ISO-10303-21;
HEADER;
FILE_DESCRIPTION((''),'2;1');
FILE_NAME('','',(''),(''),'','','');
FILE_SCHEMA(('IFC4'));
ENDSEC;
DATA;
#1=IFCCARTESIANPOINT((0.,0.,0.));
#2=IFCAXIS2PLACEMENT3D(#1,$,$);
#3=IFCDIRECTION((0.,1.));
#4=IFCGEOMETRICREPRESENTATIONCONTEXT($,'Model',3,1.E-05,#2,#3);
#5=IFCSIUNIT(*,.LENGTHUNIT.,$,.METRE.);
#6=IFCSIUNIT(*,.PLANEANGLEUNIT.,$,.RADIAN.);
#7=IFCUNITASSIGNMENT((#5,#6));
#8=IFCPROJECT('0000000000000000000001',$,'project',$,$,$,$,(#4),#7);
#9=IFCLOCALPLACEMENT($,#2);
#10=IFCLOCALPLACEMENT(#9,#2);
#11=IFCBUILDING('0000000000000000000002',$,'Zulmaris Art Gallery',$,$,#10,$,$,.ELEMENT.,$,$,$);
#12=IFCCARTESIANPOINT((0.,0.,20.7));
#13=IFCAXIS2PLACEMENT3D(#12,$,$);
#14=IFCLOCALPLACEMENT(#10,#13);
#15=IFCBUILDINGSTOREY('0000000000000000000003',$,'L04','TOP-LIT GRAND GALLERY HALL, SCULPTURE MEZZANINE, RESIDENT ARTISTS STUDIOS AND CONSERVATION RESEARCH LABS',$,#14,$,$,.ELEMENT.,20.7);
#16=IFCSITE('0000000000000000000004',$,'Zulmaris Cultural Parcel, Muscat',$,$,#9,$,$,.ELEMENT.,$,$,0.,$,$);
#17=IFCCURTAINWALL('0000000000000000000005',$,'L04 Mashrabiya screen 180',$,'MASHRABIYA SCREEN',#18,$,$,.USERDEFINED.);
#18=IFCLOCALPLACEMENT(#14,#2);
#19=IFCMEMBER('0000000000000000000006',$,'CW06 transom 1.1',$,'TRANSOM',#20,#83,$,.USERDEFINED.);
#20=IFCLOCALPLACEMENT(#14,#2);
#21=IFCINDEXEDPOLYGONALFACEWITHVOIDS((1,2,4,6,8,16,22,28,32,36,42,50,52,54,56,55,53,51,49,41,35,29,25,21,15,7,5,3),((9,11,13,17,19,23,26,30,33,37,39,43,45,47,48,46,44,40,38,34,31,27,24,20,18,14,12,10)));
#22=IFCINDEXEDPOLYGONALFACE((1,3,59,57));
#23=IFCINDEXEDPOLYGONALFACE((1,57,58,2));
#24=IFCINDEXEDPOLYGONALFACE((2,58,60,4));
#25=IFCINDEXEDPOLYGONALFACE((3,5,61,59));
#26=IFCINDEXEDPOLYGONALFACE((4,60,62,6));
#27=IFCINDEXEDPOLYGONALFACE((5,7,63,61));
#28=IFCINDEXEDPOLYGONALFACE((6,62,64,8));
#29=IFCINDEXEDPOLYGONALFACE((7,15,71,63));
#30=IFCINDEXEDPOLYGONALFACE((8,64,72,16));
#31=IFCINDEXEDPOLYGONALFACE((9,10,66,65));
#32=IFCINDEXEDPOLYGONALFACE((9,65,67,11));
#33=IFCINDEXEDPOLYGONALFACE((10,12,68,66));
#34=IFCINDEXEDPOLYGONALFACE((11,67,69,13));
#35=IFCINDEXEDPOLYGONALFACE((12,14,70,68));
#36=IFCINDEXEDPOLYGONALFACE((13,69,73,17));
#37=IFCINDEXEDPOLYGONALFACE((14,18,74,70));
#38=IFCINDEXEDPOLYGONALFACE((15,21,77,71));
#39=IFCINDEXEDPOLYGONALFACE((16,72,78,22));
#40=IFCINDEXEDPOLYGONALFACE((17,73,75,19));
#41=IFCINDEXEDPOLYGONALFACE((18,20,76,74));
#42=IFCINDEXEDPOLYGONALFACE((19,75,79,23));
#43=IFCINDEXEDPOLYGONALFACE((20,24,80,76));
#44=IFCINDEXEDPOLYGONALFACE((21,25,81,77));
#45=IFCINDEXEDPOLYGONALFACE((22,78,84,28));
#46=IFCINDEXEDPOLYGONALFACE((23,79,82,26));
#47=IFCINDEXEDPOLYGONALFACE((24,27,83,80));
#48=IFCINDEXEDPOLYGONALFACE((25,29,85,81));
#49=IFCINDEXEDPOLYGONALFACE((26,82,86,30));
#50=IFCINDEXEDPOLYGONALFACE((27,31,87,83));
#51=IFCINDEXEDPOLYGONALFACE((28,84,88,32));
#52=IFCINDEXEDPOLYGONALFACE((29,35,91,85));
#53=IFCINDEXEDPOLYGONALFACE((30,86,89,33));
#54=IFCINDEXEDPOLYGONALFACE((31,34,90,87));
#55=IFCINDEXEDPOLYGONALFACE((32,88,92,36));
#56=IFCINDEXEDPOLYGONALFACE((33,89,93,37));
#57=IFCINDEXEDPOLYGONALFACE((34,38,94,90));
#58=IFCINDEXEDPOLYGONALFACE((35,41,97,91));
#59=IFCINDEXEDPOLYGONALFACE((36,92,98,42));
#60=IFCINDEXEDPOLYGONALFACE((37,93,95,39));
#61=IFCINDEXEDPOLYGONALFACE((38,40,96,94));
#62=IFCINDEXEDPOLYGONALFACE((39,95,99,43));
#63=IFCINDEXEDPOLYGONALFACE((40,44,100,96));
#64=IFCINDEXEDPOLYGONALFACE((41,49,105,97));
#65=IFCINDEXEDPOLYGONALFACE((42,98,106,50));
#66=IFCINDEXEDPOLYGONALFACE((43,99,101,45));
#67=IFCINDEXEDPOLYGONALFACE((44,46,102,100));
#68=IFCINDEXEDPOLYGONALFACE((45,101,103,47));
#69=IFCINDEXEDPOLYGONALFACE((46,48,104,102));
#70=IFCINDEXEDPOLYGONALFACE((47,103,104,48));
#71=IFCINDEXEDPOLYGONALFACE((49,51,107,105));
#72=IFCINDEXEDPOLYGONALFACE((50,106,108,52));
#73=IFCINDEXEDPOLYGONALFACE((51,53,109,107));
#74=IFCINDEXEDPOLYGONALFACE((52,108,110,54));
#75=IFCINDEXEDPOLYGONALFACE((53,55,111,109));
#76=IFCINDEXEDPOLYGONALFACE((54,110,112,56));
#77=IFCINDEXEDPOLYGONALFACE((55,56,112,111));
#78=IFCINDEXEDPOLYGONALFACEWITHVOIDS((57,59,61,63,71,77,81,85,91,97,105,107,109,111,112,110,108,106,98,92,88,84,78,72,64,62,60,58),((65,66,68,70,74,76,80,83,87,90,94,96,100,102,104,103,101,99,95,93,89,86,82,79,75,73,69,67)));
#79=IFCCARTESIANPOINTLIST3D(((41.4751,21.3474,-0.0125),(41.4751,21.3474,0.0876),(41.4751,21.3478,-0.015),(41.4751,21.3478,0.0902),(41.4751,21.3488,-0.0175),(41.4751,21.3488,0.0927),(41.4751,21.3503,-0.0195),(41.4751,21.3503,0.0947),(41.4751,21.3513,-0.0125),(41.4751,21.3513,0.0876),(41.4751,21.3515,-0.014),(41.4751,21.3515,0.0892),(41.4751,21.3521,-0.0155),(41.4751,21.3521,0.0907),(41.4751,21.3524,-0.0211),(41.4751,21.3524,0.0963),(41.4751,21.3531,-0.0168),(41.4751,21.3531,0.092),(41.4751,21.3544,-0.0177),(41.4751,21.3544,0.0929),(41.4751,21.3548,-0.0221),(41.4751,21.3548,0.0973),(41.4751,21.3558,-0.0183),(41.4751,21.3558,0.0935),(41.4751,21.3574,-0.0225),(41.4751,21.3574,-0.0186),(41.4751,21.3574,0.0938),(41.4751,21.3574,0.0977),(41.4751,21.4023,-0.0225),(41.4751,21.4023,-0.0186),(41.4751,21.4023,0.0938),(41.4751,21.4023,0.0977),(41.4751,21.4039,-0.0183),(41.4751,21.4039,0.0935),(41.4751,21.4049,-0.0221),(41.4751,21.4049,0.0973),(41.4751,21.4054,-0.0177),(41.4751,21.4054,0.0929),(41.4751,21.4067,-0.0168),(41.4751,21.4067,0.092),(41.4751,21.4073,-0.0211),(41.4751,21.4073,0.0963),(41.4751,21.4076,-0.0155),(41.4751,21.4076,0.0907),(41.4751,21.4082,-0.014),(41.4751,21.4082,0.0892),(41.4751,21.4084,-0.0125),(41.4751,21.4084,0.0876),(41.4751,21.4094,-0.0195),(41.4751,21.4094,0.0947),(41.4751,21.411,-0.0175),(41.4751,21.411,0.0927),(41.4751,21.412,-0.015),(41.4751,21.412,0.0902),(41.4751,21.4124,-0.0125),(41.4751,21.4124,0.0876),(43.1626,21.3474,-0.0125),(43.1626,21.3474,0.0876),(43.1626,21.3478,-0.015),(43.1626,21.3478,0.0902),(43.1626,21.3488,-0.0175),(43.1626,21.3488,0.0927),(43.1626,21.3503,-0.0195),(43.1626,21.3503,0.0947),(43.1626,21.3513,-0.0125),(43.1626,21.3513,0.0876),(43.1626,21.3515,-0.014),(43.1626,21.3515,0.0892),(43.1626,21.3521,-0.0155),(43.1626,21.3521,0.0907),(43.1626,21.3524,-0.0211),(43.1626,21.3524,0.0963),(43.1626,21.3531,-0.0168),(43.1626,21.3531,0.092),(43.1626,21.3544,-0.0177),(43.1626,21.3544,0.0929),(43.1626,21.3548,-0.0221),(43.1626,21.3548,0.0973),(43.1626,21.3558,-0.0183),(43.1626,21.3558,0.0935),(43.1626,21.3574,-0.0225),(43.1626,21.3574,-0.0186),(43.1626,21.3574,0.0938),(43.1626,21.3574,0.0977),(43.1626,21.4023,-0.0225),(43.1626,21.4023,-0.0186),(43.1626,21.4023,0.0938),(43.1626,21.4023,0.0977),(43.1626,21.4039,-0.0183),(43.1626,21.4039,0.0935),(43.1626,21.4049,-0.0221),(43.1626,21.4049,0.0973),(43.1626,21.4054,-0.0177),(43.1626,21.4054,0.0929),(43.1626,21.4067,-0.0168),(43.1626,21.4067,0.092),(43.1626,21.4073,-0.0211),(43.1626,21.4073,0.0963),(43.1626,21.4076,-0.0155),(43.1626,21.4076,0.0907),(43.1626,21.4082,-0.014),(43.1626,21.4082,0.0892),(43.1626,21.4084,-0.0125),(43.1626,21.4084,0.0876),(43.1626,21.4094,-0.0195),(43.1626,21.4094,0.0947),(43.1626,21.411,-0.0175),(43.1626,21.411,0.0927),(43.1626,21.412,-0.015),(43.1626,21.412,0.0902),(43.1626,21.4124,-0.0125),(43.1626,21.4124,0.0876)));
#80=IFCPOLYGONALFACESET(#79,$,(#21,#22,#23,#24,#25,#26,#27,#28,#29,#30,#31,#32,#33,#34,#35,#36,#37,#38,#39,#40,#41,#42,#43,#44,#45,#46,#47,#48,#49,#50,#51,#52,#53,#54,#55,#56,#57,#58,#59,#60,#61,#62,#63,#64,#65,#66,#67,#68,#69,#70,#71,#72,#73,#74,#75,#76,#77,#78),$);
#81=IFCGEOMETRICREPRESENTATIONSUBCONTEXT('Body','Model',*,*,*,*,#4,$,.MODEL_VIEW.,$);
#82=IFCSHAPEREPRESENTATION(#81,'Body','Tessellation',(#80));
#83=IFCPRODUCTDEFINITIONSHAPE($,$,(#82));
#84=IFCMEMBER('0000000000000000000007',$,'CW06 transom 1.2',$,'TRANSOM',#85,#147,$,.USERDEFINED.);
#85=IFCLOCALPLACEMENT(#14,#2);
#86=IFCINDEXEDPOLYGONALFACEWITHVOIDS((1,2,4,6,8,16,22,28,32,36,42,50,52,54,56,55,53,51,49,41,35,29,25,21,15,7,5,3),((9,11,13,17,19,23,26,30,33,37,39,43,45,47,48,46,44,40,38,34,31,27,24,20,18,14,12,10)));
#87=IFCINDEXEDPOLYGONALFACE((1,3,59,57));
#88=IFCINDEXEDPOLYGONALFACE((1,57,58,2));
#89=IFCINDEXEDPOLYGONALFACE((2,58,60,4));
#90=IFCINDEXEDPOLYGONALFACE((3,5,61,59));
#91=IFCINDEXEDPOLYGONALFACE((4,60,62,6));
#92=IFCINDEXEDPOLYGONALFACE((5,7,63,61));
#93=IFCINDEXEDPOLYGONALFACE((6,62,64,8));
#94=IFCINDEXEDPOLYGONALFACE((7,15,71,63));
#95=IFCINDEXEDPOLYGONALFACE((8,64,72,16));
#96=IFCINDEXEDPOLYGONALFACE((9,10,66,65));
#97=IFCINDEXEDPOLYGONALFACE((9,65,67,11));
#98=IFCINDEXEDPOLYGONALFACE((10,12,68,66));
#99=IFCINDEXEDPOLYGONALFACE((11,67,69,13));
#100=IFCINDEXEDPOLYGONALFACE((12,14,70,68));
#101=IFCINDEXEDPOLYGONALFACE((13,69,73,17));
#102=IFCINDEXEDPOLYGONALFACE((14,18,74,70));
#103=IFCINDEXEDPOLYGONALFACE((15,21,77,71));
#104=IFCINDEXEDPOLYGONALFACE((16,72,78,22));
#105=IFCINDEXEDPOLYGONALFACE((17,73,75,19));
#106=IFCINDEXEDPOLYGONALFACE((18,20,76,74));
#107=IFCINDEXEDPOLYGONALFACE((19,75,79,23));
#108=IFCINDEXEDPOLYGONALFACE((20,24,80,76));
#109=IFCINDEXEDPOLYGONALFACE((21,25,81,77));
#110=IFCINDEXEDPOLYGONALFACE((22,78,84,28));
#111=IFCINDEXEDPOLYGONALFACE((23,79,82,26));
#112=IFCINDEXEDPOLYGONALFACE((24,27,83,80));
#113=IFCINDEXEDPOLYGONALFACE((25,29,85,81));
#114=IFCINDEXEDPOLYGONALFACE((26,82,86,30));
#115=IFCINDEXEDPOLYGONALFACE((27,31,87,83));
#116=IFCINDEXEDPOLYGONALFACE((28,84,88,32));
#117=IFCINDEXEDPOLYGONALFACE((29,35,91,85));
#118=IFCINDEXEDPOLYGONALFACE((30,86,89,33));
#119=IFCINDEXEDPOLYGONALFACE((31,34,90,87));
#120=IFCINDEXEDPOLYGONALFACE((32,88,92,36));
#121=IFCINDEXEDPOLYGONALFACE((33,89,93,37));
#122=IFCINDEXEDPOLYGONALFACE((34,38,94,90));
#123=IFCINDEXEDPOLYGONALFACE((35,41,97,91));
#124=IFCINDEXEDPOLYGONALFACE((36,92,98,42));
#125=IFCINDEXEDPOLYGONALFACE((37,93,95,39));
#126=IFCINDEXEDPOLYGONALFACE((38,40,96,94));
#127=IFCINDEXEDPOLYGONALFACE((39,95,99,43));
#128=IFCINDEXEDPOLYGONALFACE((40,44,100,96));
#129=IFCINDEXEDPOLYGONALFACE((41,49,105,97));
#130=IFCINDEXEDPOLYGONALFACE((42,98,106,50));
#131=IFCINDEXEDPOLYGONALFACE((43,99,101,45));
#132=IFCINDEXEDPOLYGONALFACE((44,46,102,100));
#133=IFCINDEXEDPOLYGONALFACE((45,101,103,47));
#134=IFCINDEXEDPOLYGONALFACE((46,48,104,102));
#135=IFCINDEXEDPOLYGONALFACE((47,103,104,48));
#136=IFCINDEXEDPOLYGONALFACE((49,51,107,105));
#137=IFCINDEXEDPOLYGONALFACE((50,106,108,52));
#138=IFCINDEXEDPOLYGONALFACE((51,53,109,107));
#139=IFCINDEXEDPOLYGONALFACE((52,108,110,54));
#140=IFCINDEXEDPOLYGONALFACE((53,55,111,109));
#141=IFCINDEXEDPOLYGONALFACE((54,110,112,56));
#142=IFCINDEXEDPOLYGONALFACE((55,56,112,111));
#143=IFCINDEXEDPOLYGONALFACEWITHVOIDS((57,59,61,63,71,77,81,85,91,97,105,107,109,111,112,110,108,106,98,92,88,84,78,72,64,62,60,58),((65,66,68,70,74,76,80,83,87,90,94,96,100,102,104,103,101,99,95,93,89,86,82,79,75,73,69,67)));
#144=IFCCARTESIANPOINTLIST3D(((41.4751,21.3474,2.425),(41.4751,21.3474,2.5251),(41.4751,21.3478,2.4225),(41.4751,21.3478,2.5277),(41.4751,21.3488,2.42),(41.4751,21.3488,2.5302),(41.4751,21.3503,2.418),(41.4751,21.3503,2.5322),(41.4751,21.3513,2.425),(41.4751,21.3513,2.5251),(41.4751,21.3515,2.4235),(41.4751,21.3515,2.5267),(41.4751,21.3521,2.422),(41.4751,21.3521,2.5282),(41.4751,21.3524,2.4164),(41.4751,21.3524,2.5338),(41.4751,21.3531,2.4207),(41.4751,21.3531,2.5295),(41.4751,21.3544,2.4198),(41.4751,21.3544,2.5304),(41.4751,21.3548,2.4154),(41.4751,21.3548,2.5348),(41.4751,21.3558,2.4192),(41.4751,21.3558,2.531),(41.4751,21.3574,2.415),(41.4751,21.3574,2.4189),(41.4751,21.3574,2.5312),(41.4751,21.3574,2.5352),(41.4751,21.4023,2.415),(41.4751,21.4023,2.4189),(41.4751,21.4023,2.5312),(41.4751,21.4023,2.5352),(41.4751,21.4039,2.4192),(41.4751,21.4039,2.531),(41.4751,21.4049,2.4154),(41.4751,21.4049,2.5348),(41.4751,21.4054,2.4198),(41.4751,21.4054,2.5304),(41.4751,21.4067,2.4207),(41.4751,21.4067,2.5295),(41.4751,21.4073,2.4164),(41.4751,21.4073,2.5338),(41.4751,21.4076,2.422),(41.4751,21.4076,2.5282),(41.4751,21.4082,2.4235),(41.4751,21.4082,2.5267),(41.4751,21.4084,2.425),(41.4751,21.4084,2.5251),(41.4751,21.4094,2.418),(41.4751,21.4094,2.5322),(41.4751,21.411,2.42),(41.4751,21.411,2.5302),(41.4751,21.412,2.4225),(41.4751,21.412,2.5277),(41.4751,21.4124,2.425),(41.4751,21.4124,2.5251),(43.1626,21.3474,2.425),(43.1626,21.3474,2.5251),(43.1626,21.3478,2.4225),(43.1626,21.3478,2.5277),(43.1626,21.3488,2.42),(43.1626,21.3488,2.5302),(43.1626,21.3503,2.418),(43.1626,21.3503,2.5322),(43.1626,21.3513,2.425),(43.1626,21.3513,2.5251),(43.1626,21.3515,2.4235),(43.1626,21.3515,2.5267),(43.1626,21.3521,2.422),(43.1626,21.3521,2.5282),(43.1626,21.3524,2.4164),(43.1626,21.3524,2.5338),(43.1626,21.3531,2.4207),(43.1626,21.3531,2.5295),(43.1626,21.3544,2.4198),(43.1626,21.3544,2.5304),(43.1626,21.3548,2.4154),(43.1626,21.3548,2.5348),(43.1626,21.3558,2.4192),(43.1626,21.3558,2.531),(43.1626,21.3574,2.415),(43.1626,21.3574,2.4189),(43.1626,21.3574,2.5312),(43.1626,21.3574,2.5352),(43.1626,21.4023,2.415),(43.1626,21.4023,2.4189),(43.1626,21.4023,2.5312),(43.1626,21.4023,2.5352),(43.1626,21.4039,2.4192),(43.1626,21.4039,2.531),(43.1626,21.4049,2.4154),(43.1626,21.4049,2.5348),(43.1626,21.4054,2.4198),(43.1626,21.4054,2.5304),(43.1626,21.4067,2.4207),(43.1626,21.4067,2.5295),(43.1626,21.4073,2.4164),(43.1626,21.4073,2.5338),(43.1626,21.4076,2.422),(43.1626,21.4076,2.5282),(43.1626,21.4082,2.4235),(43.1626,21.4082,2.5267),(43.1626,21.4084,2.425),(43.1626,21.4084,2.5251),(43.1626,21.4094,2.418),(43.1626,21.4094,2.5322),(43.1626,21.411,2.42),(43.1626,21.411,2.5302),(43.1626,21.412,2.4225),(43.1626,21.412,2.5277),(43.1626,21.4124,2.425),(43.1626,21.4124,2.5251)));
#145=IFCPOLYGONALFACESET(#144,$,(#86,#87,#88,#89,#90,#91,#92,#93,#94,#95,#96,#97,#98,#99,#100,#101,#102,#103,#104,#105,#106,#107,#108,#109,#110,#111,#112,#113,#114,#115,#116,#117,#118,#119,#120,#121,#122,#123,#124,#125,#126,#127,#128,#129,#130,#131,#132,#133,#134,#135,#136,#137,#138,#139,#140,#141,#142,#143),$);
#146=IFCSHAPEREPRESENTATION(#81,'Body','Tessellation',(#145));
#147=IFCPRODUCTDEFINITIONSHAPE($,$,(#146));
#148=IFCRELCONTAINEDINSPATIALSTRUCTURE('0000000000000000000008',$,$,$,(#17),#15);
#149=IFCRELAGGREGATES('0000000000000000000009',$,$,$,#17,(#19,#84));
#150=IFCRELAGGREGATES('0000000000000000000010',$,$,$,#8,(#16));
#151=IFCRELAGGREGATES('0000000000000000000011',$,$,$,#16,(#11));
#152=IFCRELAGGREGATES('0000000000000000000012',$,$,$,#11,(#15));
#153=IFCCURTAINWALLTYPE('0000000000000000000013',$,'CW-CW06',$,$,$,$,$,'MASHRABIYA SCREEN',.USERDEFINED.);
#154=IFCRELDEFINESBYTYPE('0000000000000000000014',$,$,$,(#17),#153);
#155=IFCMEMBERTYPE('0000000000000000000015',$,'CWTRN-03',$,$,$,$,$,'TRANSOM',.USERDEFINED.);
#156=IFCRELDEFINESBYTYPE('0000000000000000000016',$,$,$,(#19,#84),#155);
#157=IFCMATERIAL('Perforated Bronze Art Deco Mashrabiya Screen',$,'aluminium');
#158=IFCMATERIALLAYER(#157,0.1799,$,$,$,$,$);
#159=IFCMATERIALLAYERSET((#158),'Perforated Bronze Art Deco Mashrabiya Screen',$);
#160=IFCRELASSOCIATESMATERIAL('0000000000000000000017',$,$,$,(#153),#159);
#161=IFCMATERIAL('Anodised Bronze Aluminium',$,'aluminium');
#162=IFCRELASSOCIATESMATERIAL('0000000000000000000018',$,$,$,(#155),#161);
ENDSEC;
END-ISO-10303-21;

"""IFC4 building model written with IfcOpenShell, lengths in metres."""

from ifc_helpers import new_model, si_unit, direction, frame, origin, origin_2d, place, context, subcontext, project, spatial, hollow_rectangle, extrude, material, layer, layer_set, material_profile, profile_set, type_object, element, aggregate, save


model = new_model("IFC4")

# Units and contexts
model_context = context("Model", 3, precision=1e-05, world=origin(), true_north=direction((0.0, 1.0)))
body_context = subcontext(model_context, "Body", "Model", "MODEL_VIEW")
ifc_project = project(units=[si_unit("LENGTHUNIT", "METRE"), si_unit("PLANEANGLEUNIT", "RADIAN")], contexts=[model_context])

# Site, building, storey
site_placement = place(None, origin())
site = spatial("IfcSite", under=ifc_project, at=site_placement, Name="Zulmaris Cultural Parcel, Muscat", CompositionType="ELEMENT", RefElevation=0.0)
building_placement = place(site_placement, origin())
building = spatial("IfcBuilding", under=site, at=building_placement, Name="Zulmaris Art Gallery", CompositionType="ELEMENT")
storey_placement = place(building_placement, frame((0.0, 0.0, 20.7)))
storey = spatial("IfcBuildingStorey", under=building, at=storey_placement, Name="L04", Description="TOP-LIT GRAND GALLERY HALL, SCULPTURE MEZZANINE, RESIDENT ARTISTS STUDIOS AND CONSERVATION RESEARCH LABS", CompositionType="ELEMENT", Elevation=20.7)

# Curtain wall
ifc_material_1 = material(Name="Anodised Bronze Aluminium", Category="aluminium")
ifc_material_2 = material(Name="Perforated Bronze Art Deco Mashrabiya Screen", Category="aluminium")
ifc_layer_1 = layer(ifc_material_2, 0.1799)
ifc_layer_set_1 = layer_set([ifc_layer_1], Name="Perforated Bronze Art Deco Mashrabiya Screen")
curtain_wall_type_1 = type_object("IfcCurtainWallType", Name="CW-CW06", ElementType="MASHRABIYA SCREEN", PredefinedType="USERDEFINED", material=ifc_layer_set_1)
curtain_wall_1_placement = place(storey_placement, origin())
curtain_wall_1 = element("IfcCurtainWall", 1, at=curtain_wall_1_placement, inside=storey, type_object=curtain_wall_type_1, Name="L04 Mashrabiya screen 180", ObjectType="MASHRABIYA SCREEN", PredefinedType="USERDEFINED")

# Members
ifc_material_profile_1 = material_profile(ifc_material_1, hollow_rectangle(XDim=0.0649, YDim=0.1201, WallThickness=0.0039, InnerFilletRadius=0.0061, OuterFilletRadius=0.01, at=origin_2d()), Name="ALU 65x120x4")
ifc_profile_set_1 = profile_set([ifc_material_profile_1], Name="Anodised Bronze Aluminium")
member_type_1 = type_object("IfcMemberType", Name="CWTRN-03", ElementType="TRANSOM", PredefinedType="USERDEFINED", material=ifc_profile_set_1)
member_1_placement = place(storey_placement, frame((41.4751, 21.3799, 0.0376), z_axis=(1.0, 0.0, 0.0), x_axis=(0.0, 1.0, 0.0)))
member_1 = element("IfcMember", 2, at=member_1_placement, type_object=member_type_1, Name="CW06 transom 1.1", ObjectType="TRANSOM", PredefinedType="USERDEFINED", context=body_context, shape_type="SweptSolid", body=[
    extrude(hollow_rectangle(XDim=0.0649, YDim=0.1201, WallThickness=0.0039, InnerFilletRadius=0.0061, OuterFilletRadius=0.01, at=origin_2d()), origin(), (0.0, 0.0, 1.0), 1.6875),
])
member_2_placement = place(storey_placement, frame((41.4751, 21.3799, 2.4751), z_axis=(1.0, 0.0, 0.0), x_axis=(0.0, 1.0, 0.0)))
member_2 = element("IfcMember", 3, at=member_2_placement, type_object=member_type_1, Name="CW06 transom 1.2", ObjectType="TRANSOM", PredefinedType="USERDEFINED", context=body_context, shape_type="SweptSolid", body=[
    extrude(hollow_rectangle(XDim=0.0649, YDim=0.1201, WallThickness=0.0039, InnerFilletRadius=0.0061, OuterFilletRadius=0.01, at=origin_2d()), origin(), (0.0, 0.0, 1.0), 1.6875),
])

aggregate(curtain_wall_1, [member_1, member_2])

save(model, "model.ifc")
